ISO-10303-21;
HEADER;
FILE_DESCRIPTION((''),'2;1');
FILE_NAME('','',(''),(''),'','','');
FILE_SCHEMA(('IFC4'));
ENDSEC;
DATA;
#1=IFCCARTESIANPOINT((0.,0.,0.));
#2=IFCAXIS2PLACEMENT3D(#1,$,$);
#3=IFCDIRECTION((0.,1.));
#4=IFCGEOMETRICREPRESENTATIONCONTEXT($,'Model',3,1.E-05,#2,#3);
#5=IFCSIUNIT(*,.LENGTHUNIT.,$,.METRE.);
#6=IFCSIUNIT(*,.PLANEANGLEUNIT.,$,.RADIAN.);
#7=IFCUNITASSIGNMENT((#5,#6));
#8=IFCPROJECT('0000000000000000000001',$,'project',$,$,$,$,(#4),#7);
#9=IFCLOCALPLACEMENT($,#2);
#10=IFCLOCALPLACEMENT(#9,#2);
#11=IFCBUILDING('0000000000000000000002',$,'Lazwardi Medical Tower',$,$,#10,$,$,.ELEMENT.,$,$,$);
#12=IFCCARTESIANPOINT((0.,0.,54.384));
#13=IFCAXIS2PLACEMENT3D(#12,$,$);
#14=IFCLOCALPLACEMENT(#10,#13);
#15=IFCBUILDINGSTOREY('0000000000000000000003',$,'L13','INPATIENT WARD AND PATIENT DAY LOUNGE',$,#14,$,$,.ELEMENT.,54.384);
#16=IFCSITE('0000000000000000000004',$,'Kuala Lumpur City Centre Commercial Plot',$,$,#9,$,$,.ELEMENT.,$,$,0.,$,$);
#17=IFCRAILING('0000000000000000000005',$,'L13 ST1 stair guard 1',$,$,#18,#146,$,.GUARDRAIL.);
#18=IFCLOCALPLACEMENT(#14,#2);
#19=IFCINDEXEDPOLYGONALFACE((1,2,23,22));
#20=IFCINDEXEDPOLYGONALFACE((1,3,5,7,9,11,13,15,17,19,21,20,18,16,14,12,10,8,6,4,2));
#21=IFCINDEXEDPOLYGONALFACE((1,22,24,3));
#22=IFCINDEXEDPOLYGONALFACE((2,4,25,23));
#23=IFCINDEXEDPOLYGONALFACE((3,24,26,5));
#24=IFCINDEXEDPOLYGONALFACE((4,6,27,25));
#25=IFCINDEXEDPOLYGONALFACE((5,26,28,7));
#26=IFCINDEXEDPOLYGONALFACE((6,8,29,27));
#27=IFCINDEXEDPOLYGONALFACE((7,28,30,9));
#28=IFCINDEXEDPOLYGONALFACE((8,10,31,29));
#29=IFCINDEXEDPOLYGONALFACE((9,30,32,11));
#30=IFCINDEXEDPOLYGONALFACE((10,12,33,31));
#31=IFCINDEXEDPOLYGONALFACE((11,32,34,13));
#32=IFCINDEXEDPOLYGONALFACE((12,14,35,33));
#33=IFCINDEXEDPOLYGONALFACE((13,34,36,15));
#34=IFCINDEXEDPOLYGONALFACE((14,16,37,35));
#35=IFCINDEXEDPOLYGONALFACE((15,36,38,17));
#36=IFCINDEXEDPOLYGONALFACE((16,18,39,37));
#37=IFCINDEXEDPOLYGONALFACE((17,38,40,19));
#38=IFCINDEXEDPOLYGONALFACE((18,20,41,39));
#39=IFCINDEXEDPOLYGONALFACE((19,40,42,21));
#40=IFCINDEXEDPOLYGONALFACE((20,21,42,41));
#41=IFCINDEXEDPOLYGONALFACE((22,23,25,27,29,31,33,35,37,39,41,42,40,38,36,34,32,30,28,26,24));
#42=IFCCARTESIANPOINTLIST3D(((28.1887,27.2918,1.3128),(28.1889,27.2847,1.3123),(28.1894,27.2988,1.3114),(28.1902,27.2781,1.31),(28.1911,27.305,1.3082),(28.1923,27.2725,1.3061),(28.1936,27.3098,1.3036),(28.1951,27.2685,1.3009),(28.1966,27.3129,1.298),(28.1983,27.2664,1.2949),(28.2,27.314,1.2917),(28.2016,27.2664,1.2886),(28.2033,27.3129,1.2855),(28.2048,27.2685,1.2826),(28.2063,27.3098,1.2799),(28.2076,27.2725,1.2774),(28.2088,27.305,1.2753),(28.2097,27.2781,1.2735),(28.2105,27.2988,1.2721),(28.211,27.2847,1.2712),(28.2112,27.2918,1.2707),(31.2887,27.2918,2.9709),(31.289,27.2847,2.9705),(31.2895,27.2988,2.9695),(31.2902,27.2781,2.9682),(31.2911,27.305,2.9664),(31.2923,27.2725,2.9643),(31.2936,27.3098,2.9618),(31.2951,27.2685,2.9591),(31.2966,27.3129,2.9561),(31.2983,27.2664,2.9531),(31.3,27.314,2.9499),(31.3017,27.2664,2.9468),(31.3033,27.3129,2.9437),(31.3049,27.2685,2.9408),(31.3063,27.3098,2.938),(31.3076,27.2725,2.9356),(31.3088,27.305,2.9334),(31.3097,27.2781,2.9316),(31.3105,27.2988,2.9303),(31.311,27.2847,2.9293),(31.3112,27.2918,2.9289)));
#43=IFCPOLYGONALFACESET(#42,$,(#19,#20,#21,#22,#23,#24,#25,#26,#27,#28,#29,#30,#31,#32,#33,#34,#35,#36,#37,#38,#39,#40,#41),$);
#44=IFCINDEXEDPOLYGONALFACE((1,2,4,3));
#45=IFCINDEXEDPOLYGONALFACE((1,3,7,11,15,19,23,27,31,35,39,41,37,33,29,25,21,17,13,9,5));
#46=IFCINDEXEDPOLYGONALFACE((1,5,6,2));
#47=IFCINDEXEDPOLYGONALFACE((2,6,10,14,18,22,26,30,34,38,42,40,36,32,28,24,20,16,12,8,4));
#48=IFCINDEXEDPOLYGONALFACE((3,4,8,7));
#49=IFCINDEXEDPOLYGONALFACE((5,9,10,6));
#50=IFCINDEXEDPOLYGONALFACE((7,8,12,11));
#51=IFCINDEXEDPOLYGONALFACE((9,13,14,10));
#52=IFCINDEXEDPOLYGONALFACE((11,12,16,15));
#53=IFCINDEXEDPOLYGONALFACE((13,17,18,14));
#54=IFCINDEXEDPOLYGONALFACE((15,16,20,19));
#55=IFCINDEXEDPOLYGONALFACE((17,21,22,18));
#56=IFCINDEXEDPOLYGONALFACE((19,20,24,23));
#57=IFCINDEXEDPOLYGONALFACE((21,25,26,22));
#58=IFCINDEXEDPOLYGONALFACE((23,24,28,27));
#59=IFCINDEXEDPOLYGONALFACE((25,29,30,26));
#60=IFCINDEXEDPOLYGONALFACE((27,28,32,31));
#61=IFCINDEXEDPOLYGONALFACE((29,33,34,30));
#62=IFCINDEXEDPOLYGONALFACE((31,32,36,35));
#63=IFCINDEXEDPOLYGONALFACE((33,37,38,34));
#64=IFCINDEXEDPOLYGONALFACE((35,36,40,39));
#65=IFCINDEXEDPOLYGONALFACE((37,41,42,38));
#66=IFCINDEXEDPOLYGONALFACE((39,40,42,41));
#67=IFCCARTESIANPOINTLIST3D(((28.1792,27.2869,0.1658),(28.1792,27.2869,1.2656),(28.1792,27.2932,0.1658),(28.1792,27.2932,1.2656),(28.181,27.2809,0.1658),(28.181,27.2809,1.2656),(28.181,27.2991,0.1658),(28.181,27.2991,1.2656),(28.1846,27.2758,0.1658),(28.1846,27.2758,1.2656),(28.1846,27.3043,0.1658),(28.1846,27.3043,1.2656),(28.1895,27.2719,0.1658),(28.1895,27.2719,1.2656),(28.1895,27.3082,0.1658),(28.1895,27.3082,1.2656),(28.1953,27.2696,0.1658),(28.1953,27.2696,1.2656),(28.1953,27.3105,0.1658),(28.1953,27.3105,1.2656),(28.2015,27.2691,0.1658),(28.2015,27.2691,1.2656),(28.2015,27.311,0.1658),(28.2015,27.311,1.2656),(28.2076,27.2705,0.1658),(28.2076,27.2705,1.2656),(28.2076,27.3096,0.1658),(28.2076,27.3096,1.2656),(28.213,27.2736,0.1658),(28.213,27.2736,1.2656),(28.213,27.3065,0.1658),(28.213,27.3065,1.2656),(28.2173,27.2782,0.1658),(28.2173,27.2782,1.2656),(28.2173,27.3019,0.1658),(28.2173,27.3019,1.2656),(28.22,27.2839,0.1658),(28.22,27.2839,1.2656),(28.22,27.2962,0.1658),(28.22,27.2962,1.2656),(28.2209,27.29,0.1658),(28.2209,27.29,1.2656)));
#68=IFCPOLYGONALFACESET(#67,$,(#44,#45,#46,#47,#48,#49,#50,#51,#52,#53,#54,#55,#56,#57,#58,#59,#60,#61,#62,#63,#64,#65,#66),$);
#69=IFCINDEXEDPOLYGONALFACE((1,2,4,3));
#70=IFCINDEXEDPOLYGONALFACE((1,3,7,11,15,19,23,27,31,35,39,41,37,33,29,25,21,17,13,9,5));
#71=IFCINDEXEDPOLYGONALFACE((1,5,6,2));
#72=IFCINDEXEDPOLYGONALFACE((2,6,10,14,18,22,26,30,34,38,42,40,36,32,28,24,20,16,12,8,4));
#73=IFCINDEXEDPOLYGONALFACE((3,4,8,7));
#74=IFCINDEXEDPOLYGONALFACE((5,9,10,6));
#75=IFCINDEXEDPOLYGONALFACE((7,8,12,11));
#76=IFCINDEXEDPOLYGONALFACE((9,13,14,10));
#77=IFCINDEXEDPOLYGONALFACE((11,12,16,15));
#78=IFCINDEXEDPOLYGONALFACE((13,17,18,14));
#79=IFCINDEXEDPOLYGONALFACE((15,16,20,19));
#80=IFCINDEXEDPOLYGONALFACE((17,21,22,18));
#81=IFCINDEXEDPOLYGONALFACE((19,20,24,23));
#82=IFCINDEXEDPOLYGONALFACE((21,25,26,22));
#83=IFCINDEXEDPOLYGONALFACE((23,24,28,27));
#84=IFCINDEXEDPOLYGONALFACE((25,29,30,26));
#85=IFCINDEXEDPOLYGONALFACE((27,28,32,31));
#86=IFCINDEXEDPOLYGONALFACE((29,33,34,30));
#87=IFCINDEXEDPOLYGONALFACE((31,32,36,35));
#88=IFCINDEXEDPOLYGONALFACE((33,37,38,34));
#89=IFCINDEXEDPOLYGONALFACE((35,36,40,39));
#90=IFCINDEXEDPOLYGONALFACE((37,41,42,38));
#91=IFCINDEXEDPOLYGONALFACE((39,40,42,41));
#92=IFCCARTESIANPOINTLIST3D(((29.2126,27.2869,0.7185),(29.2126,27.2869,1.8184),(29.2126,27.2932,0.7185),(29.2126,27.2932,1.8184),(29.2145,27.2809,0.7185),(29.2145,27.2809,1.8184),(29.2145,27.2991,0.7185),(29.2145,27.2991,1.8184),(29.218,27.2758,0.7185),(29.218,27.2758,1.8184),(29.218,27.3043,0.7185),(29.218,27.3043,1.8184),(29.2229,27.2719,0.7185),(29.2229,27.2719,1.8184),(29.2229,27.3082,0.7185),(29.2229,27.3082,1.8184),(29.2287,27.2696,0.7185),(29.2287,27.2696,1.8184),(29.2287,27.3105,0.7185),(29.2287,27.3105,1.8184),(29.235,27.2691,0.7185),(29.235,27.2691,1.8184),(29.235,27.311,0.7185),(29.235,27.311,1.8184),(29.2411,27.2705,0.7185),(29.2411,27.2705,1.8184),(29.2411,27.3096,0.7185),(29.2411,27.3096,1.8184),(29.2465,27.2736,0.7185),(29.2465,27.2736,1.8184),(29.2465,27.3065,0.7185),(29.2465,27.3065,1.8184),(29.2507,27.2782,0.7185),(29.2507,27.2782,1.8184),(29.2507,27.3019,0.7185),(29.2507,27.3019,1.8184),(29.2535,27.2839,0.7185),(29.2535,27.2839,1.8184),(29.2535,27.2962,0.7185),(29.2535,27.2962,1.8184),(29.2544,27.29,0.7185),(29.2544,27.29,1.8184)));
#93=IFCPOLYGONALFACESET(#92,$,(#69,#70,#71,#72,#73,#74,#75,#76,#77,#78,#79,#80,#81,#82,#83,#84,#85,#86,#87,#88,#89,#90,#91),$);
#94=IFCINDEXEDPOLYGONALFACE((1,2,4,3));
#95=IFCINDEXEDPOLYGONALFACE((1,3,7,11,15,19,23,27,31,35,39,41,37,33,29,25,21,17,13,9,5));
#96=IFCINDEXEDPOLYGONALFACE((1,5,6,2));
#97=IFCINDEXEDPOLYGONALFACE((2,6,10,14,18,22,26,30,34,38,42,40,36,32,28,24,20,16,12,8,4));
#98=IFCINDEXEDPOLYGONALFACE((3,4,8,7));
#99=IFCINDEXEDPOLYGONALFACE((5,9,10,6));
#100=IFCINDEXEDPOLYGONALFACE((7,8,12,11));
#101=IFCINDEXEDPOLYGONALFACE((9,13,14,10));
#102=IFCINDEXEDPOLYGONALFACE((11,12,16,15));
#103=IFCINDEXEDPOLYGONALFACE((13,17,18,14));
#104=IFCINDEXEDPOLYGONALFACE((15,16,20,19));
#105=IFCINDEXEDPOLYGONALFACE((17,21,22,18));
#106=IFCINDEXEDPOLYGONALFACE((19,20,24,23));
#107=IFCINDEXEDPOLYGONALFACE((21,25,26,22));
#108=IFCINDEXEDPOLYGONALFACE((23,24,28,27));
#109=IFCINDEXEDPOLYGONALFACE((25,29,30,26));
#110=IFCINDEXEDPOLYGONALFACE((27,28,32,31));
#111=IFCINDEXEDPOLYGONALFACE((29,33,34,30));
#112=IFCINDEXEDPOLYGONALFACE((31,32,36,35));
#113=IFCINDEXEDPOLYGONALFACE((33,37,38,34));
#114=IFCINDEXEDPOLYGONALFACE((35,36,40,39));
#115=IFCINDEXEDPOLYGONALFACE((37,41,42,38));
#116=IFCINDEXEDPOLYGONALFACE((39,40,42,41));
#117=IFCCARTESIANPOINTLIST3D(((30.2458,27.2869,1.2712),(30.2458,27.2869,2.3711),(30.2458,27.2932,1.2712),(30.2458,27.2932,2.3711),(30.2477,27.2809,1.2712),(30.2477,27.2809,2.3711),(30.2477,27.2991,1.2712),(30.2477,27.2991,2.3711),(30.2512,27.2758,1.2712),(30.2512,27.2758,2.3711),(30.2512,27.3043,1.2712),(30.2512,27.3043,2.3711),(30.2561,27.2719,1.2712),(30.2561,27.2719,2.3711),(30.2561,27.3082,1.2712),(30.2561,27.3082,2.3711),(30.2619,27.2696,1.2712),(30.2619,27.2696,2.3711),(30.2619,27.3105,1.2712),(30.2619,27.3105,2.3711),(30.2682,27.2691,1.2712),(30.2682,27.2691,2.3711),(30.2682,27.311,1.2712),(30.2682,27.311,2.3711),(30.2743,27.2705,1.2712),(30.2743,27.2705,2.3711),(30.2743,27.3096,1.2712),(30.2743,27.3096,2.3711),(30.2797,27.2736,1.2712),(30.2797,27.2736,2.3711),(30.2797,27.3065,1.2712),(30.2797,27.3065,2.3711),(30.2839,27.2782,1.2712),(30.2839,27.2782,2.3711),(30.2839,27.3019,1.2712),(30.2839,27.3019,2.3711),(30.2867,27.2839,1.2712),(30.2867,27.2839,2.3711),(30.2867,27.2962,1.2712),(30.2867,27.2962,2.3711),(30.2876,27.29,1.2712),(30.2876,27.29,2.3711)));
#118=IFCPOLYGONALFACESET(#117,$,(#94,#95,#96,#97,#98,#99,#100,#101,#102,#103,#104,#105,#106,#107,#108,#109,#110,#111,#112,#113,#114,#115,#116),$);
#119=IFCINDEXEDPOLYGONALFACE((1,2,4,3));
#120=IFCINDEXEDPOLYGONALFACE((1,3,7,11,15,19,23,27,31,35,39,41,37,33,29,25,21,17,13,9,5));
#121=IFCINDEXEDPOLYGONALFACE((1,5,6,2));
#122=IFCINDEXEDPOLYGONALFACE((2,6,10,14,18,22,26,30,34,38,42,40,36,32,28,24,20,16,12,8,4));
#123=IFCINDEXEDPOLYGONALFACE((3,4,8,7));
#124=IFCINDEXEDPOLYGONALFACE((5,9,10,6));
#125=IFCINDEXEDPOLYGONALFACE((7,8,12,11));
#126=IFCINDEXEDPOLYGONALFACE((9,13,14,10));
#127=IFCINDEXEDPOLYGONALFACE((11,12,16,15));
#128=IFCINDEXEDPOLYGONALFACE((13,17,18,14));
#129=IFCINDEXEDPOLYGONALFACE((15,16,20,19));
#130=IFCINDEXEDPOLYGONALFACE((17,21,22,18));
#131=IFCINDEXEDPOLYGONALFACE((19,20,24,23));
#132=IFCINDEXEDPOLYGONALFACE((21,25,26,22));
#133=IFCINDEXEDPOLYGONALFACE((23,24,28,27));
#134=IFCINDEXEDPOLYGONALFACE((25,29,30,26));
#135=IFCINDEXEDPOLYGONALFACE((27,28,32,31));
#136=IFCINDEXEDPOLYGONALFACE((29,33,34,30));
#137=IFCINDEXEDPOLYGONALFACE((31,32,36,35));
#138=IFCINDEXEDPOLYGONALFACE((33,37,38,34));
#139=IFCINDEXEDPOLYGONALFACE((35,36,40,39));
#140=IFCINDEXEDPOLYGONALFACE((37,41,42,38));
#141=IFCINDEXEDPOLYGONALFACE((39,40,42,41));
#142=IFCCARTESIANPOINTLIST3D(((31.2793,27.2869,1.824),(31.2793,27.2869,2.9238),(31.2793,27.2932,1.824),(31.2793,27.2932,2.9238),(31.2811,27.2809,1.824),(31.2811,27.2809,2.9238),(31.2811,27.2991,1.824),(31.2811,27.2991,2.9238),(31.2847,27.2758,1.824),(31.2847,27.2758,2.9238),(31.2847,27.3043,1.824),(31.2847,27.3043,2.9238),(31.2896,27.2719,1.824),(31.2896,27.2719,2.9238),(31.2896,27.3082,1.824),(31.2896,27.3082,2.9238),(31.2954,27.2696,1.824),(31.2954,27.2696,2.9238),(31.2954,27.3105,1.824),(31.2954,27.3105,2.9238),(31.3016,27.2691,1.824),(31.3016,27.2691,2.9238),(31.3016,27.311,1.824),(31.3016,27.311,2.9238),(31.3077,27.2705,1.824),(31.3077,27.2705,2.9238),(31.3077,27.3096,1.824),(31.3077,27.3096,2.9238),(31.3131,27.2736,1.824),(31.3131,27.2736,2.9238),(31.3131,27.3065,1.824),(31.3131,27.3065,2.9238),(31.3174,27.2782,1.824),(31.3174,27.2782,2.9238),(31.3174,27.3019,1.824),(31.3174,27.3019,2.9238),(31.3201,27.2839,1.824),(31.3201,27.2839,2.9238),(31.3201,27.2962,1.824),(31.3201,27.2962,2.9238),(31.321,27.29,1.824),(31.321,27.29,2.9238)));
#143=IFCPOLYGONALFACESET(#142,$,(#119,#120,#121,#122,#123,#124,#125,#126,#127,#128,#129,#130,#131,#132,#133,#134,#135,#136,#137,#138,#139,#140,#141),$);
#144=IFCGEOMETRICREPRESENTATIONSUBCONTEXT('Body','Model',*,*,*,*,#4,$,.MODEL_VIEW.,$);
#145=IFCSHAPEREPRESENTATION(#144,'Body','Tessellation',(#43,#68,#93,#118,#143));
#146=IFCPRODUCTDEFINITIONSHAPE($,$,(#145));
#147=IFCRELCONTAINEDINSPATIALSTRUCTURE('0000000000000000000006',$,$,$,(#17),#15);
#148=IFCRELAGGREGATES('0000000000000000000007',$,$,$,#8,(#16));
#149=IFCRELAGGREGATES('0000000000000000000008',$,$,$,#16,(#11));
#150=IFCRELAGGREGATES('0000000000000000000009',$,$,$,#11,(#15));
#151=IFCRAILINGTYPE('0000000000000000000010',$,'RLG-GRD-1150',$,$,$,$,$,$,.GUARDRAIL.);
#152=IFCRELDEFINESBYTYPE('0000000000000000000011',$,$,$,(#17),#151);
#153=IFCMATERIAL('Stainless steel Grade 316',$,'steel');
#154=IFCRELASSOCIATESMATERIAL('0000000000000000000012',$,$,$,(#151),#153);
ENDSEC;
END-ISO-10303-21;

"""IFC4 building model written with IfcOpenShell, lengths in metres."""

from ifc_helpers import new_model, si_unit, direction, frame, origin, origin_2d, place, context, subcontext, project, spatial, circle, extrude, material, type_object, element, save


model = new_model("IFC4")

# Units and contexts
model_context = context("Model", 3, precision=1e-05, world=origin(), true_north=direction((0.0, 1.0)))
body_context = subcontext(model_context, "Body", "Model", "MODEL_VIEW")
ifc_project = project(units=[si_unit("LENGTHUNIT", "METRE"), si_unit("PLANEANGLEUNIT", "RADIAN")], contexts=[model_context])

# Site, building, storey
site_placement = place(None, origin())
site = spatial("IfcSite", under=ifc_project, at=site_placement, Name="Kuala Lumpur City Centre Commercial Plot", CompositionType="ELEMENT", RefElevation=0.0)
building_placement = place(site_placement, origin())
building = spatial("IfcBuilding", under=site, at=building_placement, Name="Lazwardi Medical Tower", CompositionType="ELEMENT")
storey_placement = place(building_placement, frame((0.0, 0.0, 54.384)))
storey = spatial("IfcBuildingStorey", under=building, at=storey_placement, Name="L13", Description="INPATIENT WARD AND PATIENT DAY LOUNGE", CompositionType="ELEMENT", Elevation=54.384)

# Railing
ifc_material_1 = material(Name="Stainless steel Grade 316", Category="steel")
railing_type_1 = type_object("IfcRailingType", Name="RLG-GRD-1150", PredefinedType="GUARDRAIL", material=ifc_material_1)
railing_1_placement = place(storey_placement, frame((28.2, 27.29, 0.1658)))
element("IfcRailing", 1, at=railing_1_placement, inside=storey, type_object=railing_type_1, Name="L13 ST1 stair guard 1", PredefinedType="GUARDRAIL", context=body_context, shape_type="SweptSolid", body=[
    extrude(circle(Radius=0.0239, at=origin_2d()), frame((0.0, 0.0, 1.126), z_axis=(0.881783, 0.0, 0.471655), x_axis=(0.0, 1.0, 0.0)), (0.0, 0.0, 1.0), 3.5156),
    extrude(circle(Radius=0.021, at=origin_2d()), origin(), (0.0, 0.0, 1.0), 1.0999),
    extrude(circle(Radius=0.021, at=origin_2d()), frame((1.0334, 0.0, 0.5527)), (0.0, 0.0, 1.0), 1.0999),
    extrude(circle(Radius=0.021, at=origin_2d()), frame((2.0667, 0.0, 1.1055)), (0.0, 0.0, 1.0), 1.0999),
    extrude(circle(Radius=0.021, at=origin_2d()), frame((3.1001, 0.0, 1.6582)), (0.0, 0.0, 1.0), 1.0999),
])

save(model, "model.ifc")
